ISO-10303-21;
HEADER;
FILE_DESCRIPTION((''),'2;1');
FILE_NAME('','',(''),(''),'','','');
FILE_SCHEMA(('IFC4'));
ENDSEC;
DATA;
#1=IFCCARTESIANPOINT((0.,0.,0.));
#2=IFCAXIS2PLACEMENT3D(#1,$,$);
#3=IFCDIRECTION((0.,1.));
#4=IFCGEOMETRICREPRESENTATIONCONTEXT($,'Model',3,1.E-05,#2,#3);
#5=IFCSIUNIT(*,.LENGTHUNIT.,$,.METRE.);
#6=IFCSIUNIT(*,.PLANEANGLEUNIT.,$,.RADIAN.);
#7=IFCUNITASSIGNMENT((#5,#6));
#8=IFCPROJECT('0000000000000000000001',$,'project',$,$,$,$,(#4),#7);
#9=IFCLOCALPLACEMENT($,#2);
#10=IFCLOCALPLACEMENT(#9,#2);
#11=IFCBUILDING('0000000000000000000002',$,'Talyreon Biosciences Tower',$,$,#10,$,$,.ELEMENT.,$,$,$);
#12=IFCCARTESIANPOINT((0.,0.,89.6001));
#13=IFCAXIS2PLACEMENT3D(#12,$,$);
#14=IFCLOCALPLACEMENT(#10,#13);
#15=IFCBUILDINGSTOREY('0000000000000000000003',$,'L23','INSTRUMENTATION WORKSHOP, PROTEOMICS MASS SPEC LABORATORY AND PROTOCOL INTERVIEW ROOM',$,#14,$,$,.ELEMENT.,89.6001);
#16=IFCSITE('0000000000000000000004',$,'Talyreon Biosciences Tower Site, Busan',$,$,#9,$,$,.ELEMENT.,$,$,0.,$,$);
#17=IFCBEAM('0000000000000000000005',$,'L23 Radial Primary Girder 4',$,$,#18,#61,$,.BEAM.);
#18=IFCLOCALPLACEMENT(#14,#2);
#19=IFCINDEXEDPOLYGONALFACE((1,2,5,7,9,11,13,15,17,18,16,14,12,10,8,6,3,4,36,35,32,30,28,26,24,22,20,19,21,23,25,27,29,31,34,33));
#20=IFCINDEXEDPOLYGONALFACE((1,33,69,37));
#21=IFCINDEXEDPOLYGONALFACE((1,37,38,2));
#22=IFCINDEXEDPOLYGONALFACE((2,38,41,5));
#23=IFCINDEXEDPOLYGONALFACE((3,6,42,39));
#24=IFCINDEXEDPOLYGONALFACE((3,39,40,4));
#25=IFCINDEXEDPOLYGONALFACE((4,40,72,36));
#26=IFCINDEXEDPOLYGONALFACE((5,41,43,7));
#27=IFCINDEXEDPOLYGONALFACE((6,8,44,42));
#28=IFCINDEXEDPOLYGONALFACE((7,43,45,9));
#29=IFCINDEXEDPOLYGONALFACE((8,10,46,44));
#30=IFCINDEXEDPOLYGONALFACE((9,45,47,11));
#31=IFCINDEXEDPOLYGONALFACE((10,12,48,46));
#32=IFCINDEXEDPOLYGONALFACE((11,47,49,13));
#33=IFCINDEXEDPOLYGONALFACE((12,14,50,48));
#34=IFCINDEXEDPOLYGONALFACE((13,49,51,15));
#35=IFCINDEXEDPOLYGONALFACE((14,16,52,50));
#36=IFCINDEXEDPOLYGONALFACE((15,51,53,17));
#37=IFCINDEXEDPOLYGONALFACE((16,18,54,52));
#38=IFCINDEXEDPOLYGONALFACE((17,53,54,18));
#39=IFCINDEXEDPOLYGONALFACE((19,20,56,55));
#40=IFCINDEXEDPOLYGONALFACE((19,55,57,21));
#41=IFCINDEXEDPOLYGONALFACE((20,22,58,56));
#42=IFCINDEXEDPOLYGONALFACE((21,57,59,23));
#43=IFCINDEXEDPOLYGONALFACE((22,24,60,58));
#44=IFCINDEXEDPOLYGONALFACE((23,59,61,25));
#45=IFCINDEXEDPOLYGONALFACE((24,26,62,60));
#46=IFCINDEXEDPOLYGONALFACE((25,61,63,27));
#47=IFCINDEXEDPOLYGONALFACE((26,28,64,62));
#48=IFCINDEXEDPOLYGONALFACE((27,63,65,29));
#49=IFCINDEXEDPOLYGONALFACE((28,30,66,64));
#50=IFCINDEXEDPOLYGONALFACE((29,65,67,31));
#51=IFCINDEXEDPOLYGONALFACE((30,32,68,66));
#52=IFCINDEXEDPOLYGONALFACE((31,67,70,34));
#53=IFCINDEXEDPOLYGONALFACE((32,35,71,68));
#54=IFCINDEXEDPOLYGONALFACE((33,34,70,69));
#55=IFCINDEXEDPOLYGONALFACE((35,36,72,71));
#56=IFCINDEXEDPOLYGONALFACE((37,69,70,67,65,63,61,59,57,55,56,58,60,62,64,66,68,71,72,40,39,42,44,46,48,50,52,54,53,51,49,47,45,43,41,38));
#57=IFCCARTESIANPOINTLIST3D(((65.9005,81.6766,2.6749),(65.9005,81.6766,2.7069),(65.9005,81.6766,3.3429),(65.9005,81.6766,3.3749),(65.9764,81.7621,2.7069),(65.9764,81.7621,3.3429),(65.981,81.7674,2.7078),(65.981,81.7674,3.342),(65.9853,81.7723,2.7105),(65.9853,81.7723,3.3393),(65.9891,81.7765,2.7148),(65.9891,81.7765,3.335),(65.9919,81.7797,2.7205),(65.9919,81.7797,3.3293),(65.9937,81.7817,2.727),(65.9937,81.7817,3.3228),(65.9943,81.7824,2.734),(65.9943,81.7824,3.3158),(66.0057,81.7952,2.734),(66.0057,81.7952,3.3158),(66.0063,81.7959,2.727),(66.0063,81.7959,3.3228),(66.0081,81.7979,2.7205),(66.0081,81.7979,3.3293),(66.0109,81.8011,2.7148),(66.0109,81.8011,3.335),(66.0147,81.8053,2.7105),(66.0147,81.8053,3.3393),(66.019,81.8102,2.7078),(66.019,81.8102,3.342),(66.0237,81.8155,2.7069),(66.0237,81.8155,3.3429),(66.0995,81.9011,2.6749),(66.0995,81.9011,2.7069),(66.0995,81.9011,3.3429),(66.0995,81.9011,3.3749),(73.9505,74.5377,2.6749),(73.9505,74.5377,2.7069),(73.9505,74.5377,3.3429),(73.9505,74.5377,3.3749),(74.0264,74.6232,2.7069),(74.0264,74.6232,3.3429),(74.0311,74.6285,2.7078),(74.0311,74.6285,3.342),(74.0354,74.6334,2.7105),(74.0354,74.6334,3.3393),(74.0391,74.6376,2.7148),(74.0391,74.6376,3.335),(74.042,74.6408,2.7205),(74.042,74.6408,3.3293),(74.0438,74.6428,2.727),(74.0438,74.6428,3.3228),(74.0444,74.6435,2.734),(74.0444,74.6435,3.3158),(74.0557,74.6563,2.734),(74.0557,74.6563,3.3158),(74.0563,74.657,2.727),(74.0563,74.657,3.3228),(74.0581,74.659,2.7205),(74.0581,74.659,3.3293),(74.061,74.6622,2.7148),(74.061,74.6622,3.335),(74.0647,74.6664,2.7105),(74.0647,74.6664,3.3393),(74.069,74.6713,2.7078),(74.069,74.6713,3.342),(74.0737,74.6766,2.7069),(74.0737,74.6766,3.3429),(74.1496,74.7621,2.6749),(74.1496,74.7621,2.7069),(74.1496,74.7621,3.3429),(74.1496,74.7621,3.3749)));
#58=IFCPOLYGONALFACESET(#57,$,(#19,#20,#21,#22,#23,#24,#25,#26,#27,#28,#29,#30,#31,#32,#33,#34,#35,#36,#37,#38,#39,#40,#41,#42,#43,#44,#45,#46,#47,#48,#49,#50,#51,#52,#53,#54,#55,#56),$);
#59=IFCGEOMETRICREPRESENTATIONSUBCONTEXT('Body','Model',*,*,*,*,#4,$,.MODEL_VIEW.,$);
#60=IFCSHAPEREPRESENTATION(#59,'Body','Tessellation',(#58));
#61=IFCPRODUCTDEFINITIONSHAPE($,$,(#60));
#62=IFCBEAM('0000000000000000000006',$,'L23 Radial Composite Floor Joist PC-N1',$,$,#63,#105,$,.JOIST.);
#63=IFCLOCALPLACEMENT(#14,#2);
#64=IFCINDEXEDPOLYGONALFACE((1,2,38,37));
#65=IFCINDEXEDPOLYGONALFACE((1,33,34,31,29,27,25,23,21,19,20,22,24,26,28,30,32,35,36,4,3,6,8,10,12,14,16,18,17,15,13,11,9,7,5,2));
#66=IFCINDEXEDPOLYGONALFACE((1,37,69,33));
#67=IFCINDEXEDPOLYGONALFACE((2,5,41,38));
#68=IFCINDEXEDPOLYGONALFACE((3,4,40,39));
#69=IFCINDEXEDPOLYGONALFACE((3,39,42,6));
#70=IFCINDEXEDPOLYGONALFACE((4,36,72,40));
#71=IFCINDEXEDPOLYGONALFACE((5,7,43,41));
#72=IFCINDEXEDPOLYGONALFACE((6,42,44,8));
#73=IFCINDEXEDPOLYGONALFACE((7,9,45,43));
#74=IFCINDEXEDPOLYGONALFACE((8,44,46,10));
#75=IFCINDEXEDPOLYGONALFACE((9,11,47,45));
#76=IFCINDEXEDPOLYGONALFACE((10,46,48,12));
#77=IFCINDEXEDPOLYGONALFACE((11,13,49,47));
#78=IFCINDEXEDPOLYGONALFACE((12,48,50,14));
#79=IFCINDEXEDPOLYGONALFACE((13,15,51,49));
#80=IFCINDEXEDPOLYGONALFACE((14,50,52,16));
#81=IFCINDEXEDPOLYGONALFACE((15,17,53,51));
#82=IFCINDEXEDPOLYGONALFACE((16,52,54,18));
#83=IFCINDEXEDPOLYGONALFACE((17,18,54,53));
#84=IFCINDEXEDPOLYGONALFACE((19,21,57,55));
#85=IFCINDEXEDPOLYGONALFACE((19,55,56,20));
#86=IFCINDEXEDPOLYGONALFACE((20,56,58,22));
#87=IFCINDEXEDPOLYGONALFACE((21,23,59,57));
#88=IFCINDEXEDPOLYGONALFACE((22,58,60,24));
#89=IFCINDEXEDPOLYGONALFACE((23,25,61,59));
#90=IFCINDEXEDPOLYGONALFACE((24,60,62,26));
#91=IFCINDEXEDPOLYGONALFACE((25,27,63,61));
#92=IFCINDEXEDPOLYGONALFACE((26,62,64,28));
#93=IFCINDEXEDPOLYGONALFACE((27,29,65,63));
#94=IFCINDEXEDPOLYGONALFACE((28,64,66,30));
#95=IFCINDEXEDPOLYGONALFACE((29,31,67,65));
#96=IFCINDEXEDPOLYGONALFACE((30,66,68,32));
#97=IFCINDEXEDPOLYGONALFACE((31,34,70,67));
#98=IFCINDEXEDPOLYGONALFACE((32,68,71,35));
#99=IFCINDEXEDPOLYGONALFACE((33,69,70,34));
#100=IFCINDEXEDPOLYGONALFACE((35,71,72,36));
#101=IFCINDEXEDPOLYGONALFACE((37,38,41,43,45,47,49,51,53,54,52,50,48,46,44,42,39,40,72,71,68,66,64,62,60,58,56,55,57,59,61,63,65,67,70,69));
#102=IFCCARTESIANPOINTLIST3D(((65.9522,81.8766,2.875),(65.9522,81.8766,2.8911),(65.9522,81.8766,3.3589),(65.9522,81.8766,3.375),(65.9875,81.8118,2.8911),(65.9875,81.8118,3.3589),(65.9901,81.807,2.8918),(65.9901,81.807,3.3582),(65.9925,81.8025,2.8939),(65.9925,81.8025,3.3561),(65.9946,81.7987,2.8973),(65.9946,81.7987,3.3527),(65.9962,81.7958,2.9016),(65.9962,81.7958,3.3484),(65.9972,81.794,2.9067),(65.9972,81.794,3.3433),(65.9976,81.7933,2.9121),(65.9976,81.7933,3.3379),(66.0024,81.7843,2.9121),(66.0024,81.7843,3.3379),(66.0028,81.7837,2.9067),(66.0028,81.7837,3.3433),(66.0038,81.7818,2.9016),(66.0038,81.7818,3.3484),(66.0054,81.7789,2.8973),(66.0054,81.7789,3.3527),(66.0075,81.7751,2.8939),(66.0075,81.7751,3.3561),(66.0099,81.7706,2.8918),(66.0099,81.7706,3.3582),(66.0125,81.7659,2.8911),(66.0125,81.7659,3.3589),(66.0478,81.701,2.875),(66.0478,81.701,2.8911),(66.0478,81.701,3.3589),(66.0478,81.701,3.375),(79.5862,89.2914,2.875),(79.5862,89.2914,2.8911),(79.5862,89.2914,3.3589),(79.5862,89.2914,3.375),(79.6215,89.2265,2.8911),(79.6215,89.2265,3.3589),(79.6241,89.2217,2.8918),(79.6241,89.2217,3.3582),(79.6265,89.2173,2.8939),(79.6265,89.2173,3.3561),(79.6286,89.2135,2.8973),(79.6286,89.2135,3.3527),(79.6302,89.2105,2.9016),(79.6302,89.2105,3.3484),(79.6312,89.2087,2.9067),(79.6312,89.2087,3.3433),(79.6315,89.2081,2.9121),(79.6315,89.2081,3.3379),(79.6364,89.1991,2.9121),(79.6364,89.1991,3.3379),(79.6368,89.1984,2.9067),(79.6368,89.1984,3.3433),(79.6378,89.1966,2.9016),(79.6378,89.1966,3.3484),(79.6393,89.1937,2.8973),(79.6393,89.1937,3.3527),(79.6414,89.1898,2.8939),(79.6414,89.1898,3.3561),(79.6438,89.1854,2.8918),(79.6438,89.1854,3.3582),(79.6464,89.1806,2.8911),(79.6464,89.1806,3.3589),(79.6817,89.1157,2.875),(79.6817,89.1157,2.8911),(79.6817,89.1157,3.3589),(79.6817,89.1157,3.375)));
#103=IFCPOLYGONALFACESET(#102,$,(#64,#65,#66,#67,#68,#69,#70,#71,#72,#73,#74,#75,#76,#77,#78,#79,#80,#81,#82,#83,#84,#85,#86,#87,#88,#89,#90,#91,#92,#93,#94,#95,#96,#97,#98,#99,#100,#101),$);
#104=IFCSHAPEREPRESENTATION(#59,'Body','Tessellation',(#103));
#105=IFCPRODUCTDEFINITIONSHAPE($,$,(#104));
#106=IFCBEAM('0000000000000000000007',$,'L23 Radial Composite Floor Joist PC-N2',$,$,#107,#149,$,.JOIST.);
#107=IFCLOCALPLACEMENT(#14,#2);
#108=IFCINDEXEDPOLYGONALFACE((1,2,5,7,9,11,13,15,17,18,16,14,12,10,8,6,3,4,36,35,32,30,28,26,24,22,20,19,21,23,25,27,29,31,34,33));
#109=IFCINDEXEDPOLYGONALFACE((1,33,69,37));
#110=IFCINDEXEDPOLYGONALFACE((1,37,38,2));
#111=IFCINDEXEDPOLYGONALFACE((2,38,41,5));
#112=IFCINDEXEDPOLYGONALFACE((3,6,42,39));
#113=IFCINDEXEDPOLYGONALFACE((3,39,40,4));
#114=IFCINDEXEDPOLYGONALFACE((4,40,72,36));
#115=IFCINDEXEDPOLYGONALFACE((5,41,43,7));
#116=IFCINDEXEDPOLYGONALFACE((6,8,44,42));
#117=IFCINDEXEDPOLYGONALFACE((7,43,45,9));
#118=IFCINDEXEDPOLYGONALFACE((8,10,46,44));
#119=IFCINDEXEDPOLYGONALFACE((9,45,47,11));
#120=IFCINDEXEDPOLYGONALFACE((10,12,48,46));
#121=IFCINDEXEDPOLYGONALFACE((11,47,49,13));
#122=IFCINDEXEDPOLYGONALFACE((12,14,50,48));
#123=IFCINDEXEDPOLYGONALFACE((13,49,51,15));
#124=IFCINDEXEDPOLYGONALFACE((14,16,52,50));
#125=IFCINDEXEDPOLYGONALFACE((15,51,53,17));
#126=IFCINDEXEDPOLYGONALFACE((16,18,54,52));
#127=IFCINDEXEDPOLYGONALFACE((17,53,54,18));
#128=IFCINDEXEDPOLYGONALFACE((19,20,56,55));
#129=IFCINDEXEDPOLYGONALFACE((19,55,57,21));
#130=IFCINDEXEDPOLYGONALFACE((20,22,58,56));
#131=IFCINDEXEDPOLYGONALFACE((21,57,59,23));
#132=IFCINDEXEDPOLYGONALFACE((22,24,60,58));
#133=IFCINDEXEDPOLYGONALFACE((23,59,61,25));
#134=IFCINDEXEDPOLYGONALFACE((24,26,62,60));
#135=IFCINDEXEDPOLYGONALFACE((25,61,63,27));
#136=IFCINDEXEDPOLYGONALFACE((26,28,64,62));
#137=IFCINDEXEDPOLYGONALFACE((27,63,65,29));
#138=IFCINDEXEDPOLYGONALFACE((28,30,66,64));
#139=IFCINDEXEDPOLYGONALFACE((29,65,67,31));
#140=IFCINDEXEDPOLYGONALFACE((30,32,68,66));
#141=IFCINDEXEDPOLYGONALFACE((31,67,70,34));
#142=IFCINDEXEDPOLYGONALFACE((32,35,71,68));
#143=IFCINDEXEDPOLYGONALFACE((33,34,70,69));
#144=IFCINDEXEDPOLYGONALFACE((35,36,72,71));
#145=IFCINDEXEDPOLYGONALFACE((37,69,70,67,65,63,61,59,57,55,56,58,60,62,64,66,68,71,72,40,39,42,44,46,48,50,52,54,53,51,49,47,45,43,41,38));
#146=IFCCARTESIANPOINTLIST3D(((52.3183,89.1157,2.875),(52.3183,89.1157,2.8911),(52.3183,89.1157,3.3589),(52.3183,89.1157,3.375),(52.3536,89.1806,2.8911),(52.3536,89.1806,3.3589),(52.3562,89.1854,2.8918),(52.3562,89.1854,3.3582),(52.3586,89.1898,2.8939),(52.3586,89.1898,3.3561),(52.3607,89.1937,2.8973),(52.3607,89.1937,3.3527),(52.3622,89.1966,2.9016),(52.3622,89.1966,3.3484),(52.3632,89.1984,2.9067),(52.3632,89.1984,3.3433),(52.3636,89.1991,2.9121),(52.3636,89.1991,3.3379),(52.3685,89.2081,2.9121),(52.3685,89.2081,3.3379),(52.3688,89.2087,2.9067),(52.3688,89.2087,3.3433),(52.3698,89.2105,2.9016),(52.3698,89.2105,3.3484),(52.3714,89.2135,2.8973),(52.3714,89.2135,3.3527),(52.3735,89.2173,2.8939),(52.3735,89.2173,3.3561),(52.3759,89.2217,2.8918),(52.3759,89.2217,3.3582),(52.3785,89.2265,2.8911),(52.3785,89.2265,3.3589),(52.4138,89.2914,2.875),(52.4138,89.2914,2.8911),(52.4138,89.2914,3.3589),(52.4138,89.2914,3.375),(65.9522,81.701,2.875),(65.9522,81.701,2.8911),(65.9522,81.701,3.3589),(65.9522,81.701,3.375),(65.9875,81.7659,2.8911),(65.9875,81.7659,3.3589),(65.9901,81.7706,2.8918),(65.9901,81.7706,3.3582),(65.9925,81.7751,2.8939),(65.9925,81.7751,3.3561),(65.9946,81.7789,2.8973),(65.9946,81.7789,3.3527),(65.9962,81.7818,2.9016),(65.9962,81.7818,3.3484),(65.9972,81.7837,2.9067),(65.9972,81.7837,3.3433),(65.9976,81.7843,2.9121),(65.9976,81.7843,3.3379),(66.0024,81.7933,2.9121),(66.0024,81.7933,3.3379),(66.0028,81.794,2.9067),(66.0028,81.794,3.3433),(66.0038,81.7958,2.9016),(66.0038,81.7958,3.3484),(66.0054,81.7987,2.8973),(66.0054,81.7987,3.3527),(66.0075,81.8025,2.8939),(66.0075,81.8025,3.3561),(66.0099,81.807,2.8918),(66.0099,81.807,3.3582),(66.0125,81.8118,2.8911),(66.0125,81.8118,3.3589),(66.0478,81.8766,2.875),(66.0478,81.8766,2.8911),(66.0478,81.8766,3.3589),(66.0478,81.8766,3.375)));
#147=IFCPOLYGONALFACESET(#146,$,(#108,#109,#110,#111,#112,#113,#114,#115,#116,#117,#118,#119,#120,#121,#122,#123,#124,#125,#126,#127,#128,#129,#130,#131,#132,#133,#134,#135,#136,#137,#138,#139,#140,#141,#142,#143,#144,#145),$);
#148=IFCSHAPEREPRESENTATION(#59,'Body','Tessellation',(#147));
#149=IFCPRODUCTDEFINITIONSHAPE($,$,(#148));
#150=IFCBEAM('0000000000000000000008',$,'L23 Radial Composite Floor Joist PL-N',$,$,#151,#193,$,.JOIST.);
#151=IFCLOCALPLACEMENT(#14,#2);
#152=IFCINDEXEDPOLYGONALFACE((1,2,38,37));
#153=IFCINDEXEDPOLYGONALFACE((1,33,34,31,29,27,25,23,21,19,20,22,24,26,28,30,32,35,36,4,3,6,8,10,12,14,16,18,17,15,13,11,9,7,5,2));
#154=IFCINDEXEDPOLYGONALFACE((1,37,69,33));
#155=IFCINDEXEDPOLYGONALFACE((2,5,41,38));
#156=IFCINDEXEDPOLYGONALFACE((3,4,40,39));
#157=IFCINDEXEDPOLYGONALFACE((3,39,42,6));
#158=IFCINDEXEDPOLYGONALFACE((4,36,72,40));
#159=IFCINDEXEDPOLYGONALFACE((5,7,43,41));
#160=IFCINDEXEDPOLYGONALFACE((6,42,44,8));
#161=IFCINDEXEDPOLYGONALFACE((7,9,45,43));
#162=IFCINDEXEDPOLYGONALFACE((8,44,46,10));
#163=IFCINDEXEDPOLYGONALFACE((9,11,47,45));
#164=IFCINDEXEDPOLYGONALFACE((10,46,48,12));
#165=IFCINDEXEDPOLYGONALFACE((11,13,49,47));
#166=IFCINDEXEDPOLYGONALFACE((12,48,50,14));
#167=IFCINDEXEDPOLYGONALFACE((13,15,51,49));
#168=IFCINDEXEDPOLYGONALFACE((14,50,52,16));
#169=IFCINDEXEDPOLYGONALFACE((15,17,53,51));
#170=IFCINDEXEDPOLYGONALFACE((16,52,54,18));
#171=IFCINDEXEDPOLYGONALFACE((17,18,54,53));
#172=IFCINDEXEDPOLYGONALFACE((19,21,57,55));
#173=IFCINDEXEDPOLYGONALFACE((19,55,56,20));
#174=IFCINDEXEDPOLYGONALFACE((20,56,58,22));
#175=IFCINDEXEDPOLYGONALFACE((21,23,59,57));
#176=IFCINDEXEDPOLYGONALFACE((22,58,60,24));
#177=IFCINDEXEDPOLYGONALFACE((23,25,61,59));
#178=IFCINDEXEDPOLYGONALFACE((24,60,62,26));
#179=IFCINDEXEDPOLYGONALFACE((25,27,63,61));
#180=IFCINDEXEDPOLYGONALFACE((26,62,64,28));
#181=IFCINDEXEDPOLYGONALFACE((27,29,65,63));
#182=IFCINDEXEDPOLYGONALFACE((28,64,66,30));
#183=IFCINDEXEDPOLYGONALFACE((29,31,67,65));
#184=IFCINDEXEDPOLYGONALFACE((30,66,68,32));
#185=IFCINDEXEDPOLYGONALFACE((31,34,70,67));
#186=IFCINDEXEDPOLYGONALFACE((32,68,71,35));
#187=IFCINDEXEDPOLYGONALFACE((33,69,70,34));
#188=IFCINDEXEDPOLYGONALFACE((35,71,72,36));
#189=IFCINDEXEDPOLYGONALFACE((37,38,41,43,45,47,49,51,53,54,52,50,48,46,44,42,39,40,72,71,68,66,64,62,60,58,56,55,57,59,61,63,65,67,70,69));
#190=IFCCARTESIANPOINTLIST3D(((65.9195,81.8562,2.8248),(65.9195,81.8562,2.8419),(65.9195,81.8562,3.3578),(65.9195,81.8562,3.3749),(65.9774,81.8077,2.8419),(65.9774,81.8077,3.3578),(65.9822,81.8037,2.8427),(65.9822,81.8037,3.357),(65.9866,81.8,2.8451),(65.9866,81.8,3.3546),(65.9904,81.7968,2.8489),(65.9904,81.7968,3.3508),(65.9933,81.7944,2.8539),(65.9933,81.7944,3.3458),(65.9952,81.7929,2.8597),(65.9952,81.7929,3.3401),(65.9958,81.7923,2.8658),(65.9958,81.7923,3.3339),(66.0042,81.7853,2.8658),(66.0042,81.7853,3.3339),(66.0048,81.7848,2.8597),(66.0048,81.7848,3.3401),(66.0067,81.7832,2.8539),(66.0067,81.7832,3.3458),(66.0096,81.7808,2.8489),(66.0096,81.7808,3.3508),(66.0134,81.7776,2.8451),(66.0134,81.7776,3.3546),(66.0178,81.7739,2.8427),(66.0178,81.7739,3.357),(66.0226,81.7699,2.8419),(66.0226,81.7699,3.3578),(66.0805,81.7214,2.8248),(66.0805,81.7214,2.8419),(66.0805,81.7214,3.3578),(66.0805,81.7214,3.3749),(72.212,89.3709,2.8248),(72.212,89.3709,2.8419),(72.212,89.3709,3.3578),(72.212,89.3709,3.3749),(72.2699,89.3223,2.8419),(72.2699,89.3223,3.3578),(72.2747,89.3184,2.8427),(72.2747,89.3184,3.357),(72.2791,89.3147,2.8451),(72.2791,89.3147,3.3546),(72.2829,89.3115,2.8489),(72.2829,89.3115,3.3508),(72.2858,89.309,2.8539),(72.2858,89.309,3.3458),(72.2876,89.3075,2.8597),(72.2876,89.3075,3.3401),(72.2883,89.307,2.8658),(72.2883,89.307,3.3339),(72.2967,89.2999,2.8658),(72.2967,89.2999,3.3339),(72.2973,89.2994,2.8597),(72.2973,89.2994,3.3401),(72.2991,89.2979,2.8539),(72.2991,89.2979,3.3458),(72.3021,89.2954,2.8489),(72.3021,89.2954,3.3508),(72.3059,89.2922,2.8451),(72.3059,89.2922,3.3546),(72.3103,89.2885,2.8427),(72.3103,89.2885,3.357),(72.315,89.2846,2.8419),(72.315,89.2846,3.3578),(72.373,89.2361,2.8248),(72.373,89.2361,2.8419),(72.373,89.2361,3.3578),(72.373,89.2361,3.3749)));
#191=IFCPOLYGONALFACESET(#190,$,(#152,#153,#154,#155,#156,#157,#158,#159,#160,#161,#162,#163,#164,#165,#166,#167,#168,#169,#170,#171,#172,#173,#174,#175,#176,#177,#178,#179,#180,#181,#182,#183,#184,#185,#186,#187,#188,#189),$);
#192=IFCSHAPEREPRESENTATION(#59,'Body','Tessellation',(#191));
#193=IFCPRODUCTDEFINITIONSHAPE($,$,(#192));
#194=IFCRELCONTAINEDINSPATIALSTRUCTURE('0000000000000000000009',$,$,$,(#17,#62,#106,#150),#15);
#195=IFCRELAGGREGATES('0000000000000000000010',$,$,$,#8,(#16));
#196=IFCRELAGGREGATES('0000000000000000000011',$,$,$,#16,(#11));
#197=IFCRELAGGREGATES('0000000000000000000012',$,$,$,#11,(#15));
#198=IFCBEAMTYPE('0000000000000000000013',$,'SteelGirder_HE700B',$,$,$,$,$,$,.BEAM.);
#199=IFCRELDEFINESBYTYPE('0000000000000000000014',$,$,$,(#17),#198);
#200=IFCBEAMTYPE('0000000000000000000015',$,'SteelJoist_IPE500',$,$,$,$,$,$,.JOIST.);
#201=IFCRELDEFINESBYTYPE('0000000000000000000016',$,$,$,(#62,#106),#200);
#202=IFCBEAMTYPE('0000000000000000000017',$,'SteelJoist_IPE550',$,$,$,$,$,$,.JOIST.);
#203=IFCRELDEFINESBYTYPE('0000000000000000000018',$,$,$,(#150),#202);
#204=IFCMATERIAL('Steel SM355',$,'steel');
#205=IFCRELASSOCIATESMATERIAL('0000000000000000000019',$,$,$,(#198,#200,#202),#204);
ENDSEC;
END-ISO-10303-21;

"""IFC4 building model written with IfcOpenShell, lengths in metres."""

from ifc_helpers import new_model, si_unit, direction, frame, origin, origin_2d, place, context, subcontext, project, spatial, i_section, extrude, material, material_profile, profile_set, type_object, element, save


model = new_model("IFC4")

# Units and contexts
model_context = context("Model", 3, precision=1e-05, world=origin(), true_north=direction((0.0, 1.0)))
body_context = subcontext(model_context, "Body", "Model", "MODEL_VIEW")
ifc_project = project(units=[si_unit("LENGTHUNIT", "METRE"), si_unit("PLANEANGLEUNIT", "RADIAN")], contexts=[model_context])

# Site, building, storey
site_placement = place(None, origin())
site = spatial("IfcSite", under=ifc_project, at=site_placement, Name="Talyreon Biosciences Tower Site, Busan", CompositionType="ELEMENT", RefElevation=0.0)
building_placement = place(site_placement, origin())
building = spatial("IfcBuilding", under=site, at=building_placement, Name="Talyreon Biosciences Tower", CompositionType="ELEMENT")
storey_placement = place(building_placement, frame((0.0, 0.0, 89.6001)))
storey = spatial("IfcBuildingStorey", under=building, at=storey_placement, Name="L23", Description="INSTRUMENTATION WORKSHOP, PROTEOMICS MASS SPEC LABORATORY AND PROTOCOL INTERVIEW ROOM", CompositionType="ELEMENT", Elevation=89.6001)

# Beams
ifc_material_1 = material(Name="Steel SM355", Category="steel")
ifc_material_profile_1 = material_profile(ifc_material_1, i_section(OverallWidth=0.3, OverallDepth=0.7, WebThickness=0.0171, FlangeThickness=0.032, FilletRadius=0.0271, at=origin_2d()), Name="HE700B")
ifc_profile_set_1 = profile_set([ifc_material_profile_1], Name="Steel SM355")
beam_type_1 = type_object("IfcBeamType", Name="SteelGirder_HE700B", PredefinedType="BEAM", material=ifc_profile_set_1)
beam_1_placement = place(storey_placement, frame((74.05, 74.6499, 3.0249), z_axis=(-0.748179, 0.663497, 0.0), x_axis=(-0.663497, -0.748179, 0.0)))
element("IfcBeam", 1, at=beam_1_placement, inside=storey, type_object=beam_type_1, Name="L23 Radial Primary Girder 4", PredefinedType="BEAM", context=body_context, shape_type="SweptSolid", body=[
    extrude(i_section(OverallWidth=0.3, OverallDepth=0.7, WebThickness=0.0171, FlangeThickness=0.032, FilletRadius=0.0271, at=origin_2d()), origin(), (0.0, 0.0, 1.0), 10.7595),
])
ifc_material_profile_2 = material_profile(ifc_material_1, i_section(OverallWidth=0.2, OverallDepth=0.5, WebThickness=0.0103, FlangeThickness=0.0161, FilletRadius=0.021, at=origin_2d()), Name="IPE500")
ifc_profile_set_2 = profile_set([ifc_material_profile_2], Name="Steel SM355")
beam_type_2 = type_object("IfcBeamType", Name="SteelJoist_IPE500", PredefinedType="JOIST", material=ifc_profile_set_2)
for number, where, z_axis, x_axis, name in (
    (2, (66.0, 81.7888, 3.125), (0.878489, 0.477762, 0.0), (-0.477762, 0.878489, 0.0), "L23 Radial Composite Floor Joist PC-N1"),
    (3, (66.0, 81.7888, 3.125), (-0.878489, 0.477762, 0.0), (-0.477762, -0.878489, 0.0), "L23 Radial Composite Floor Joist PC-N2"),
):
    element("IfcBeam", number, at=place(storey_placement, frame(where, z_axis=z_axis, x_axis=x_axis)), inside=storey, type_object=beam_type_2, Name=name, PredefinedType="JOIST", context=body_context, shape_type="SweptSolid", body=[
        extrude(i_section(OverallWidth=0.2, OverallDepth=0.5, WebThickness=0.0103, FlangeThickness=0.0161, FilletRadius=0.021, at=origin_2d()), origin(), (0.0, 0.0, 1.0), 15.5198),
    ])
ifc_material_profile_3 = material_profile(ifc_material_1, i_section(OverallWidth=0.21, OverallDepth=0.55, WebThickness=0.011, FlangeThickness=0.0171, FilletRadius=0.0239, at=origin_2d()), Name="IPE550")
ifc_profile_set_3 = profile_set([ifc_material_profile_3], Name="Steel SM355")
beam_type_3 = type_object("IfcBeamType", Name="SteelJoist_IPE550", PredefinedType="JOIST", material=ifc_profile_set_3)
beam_2_placement = place(storey_placement, frame((66.0, 81.7888, 3.0999), z_axis=(0.642005, 0.7667, 0.0), x_axis=(-0.7667, 0.642005, 0.0)))
element("IfcBeam", 4, at=beam_2_placement, inside=storey, type_object=beam_type_3, Name="L23 Radial Composite Floor Joist PL-N", PredefinedType="JOIST", context=body_context, shape_type="SweptSolid", body=[
    extrude(i_section(OverallWidth=0.21, OverallDepth=0.55, WebThickness=0.011, FlangeThickness=0.0171, FilletRadius=0.0239, at=origin_2d()), origin(), (0.0, 0.0, 1.0), 9.8013),
])

save(model, "model.ifc")
